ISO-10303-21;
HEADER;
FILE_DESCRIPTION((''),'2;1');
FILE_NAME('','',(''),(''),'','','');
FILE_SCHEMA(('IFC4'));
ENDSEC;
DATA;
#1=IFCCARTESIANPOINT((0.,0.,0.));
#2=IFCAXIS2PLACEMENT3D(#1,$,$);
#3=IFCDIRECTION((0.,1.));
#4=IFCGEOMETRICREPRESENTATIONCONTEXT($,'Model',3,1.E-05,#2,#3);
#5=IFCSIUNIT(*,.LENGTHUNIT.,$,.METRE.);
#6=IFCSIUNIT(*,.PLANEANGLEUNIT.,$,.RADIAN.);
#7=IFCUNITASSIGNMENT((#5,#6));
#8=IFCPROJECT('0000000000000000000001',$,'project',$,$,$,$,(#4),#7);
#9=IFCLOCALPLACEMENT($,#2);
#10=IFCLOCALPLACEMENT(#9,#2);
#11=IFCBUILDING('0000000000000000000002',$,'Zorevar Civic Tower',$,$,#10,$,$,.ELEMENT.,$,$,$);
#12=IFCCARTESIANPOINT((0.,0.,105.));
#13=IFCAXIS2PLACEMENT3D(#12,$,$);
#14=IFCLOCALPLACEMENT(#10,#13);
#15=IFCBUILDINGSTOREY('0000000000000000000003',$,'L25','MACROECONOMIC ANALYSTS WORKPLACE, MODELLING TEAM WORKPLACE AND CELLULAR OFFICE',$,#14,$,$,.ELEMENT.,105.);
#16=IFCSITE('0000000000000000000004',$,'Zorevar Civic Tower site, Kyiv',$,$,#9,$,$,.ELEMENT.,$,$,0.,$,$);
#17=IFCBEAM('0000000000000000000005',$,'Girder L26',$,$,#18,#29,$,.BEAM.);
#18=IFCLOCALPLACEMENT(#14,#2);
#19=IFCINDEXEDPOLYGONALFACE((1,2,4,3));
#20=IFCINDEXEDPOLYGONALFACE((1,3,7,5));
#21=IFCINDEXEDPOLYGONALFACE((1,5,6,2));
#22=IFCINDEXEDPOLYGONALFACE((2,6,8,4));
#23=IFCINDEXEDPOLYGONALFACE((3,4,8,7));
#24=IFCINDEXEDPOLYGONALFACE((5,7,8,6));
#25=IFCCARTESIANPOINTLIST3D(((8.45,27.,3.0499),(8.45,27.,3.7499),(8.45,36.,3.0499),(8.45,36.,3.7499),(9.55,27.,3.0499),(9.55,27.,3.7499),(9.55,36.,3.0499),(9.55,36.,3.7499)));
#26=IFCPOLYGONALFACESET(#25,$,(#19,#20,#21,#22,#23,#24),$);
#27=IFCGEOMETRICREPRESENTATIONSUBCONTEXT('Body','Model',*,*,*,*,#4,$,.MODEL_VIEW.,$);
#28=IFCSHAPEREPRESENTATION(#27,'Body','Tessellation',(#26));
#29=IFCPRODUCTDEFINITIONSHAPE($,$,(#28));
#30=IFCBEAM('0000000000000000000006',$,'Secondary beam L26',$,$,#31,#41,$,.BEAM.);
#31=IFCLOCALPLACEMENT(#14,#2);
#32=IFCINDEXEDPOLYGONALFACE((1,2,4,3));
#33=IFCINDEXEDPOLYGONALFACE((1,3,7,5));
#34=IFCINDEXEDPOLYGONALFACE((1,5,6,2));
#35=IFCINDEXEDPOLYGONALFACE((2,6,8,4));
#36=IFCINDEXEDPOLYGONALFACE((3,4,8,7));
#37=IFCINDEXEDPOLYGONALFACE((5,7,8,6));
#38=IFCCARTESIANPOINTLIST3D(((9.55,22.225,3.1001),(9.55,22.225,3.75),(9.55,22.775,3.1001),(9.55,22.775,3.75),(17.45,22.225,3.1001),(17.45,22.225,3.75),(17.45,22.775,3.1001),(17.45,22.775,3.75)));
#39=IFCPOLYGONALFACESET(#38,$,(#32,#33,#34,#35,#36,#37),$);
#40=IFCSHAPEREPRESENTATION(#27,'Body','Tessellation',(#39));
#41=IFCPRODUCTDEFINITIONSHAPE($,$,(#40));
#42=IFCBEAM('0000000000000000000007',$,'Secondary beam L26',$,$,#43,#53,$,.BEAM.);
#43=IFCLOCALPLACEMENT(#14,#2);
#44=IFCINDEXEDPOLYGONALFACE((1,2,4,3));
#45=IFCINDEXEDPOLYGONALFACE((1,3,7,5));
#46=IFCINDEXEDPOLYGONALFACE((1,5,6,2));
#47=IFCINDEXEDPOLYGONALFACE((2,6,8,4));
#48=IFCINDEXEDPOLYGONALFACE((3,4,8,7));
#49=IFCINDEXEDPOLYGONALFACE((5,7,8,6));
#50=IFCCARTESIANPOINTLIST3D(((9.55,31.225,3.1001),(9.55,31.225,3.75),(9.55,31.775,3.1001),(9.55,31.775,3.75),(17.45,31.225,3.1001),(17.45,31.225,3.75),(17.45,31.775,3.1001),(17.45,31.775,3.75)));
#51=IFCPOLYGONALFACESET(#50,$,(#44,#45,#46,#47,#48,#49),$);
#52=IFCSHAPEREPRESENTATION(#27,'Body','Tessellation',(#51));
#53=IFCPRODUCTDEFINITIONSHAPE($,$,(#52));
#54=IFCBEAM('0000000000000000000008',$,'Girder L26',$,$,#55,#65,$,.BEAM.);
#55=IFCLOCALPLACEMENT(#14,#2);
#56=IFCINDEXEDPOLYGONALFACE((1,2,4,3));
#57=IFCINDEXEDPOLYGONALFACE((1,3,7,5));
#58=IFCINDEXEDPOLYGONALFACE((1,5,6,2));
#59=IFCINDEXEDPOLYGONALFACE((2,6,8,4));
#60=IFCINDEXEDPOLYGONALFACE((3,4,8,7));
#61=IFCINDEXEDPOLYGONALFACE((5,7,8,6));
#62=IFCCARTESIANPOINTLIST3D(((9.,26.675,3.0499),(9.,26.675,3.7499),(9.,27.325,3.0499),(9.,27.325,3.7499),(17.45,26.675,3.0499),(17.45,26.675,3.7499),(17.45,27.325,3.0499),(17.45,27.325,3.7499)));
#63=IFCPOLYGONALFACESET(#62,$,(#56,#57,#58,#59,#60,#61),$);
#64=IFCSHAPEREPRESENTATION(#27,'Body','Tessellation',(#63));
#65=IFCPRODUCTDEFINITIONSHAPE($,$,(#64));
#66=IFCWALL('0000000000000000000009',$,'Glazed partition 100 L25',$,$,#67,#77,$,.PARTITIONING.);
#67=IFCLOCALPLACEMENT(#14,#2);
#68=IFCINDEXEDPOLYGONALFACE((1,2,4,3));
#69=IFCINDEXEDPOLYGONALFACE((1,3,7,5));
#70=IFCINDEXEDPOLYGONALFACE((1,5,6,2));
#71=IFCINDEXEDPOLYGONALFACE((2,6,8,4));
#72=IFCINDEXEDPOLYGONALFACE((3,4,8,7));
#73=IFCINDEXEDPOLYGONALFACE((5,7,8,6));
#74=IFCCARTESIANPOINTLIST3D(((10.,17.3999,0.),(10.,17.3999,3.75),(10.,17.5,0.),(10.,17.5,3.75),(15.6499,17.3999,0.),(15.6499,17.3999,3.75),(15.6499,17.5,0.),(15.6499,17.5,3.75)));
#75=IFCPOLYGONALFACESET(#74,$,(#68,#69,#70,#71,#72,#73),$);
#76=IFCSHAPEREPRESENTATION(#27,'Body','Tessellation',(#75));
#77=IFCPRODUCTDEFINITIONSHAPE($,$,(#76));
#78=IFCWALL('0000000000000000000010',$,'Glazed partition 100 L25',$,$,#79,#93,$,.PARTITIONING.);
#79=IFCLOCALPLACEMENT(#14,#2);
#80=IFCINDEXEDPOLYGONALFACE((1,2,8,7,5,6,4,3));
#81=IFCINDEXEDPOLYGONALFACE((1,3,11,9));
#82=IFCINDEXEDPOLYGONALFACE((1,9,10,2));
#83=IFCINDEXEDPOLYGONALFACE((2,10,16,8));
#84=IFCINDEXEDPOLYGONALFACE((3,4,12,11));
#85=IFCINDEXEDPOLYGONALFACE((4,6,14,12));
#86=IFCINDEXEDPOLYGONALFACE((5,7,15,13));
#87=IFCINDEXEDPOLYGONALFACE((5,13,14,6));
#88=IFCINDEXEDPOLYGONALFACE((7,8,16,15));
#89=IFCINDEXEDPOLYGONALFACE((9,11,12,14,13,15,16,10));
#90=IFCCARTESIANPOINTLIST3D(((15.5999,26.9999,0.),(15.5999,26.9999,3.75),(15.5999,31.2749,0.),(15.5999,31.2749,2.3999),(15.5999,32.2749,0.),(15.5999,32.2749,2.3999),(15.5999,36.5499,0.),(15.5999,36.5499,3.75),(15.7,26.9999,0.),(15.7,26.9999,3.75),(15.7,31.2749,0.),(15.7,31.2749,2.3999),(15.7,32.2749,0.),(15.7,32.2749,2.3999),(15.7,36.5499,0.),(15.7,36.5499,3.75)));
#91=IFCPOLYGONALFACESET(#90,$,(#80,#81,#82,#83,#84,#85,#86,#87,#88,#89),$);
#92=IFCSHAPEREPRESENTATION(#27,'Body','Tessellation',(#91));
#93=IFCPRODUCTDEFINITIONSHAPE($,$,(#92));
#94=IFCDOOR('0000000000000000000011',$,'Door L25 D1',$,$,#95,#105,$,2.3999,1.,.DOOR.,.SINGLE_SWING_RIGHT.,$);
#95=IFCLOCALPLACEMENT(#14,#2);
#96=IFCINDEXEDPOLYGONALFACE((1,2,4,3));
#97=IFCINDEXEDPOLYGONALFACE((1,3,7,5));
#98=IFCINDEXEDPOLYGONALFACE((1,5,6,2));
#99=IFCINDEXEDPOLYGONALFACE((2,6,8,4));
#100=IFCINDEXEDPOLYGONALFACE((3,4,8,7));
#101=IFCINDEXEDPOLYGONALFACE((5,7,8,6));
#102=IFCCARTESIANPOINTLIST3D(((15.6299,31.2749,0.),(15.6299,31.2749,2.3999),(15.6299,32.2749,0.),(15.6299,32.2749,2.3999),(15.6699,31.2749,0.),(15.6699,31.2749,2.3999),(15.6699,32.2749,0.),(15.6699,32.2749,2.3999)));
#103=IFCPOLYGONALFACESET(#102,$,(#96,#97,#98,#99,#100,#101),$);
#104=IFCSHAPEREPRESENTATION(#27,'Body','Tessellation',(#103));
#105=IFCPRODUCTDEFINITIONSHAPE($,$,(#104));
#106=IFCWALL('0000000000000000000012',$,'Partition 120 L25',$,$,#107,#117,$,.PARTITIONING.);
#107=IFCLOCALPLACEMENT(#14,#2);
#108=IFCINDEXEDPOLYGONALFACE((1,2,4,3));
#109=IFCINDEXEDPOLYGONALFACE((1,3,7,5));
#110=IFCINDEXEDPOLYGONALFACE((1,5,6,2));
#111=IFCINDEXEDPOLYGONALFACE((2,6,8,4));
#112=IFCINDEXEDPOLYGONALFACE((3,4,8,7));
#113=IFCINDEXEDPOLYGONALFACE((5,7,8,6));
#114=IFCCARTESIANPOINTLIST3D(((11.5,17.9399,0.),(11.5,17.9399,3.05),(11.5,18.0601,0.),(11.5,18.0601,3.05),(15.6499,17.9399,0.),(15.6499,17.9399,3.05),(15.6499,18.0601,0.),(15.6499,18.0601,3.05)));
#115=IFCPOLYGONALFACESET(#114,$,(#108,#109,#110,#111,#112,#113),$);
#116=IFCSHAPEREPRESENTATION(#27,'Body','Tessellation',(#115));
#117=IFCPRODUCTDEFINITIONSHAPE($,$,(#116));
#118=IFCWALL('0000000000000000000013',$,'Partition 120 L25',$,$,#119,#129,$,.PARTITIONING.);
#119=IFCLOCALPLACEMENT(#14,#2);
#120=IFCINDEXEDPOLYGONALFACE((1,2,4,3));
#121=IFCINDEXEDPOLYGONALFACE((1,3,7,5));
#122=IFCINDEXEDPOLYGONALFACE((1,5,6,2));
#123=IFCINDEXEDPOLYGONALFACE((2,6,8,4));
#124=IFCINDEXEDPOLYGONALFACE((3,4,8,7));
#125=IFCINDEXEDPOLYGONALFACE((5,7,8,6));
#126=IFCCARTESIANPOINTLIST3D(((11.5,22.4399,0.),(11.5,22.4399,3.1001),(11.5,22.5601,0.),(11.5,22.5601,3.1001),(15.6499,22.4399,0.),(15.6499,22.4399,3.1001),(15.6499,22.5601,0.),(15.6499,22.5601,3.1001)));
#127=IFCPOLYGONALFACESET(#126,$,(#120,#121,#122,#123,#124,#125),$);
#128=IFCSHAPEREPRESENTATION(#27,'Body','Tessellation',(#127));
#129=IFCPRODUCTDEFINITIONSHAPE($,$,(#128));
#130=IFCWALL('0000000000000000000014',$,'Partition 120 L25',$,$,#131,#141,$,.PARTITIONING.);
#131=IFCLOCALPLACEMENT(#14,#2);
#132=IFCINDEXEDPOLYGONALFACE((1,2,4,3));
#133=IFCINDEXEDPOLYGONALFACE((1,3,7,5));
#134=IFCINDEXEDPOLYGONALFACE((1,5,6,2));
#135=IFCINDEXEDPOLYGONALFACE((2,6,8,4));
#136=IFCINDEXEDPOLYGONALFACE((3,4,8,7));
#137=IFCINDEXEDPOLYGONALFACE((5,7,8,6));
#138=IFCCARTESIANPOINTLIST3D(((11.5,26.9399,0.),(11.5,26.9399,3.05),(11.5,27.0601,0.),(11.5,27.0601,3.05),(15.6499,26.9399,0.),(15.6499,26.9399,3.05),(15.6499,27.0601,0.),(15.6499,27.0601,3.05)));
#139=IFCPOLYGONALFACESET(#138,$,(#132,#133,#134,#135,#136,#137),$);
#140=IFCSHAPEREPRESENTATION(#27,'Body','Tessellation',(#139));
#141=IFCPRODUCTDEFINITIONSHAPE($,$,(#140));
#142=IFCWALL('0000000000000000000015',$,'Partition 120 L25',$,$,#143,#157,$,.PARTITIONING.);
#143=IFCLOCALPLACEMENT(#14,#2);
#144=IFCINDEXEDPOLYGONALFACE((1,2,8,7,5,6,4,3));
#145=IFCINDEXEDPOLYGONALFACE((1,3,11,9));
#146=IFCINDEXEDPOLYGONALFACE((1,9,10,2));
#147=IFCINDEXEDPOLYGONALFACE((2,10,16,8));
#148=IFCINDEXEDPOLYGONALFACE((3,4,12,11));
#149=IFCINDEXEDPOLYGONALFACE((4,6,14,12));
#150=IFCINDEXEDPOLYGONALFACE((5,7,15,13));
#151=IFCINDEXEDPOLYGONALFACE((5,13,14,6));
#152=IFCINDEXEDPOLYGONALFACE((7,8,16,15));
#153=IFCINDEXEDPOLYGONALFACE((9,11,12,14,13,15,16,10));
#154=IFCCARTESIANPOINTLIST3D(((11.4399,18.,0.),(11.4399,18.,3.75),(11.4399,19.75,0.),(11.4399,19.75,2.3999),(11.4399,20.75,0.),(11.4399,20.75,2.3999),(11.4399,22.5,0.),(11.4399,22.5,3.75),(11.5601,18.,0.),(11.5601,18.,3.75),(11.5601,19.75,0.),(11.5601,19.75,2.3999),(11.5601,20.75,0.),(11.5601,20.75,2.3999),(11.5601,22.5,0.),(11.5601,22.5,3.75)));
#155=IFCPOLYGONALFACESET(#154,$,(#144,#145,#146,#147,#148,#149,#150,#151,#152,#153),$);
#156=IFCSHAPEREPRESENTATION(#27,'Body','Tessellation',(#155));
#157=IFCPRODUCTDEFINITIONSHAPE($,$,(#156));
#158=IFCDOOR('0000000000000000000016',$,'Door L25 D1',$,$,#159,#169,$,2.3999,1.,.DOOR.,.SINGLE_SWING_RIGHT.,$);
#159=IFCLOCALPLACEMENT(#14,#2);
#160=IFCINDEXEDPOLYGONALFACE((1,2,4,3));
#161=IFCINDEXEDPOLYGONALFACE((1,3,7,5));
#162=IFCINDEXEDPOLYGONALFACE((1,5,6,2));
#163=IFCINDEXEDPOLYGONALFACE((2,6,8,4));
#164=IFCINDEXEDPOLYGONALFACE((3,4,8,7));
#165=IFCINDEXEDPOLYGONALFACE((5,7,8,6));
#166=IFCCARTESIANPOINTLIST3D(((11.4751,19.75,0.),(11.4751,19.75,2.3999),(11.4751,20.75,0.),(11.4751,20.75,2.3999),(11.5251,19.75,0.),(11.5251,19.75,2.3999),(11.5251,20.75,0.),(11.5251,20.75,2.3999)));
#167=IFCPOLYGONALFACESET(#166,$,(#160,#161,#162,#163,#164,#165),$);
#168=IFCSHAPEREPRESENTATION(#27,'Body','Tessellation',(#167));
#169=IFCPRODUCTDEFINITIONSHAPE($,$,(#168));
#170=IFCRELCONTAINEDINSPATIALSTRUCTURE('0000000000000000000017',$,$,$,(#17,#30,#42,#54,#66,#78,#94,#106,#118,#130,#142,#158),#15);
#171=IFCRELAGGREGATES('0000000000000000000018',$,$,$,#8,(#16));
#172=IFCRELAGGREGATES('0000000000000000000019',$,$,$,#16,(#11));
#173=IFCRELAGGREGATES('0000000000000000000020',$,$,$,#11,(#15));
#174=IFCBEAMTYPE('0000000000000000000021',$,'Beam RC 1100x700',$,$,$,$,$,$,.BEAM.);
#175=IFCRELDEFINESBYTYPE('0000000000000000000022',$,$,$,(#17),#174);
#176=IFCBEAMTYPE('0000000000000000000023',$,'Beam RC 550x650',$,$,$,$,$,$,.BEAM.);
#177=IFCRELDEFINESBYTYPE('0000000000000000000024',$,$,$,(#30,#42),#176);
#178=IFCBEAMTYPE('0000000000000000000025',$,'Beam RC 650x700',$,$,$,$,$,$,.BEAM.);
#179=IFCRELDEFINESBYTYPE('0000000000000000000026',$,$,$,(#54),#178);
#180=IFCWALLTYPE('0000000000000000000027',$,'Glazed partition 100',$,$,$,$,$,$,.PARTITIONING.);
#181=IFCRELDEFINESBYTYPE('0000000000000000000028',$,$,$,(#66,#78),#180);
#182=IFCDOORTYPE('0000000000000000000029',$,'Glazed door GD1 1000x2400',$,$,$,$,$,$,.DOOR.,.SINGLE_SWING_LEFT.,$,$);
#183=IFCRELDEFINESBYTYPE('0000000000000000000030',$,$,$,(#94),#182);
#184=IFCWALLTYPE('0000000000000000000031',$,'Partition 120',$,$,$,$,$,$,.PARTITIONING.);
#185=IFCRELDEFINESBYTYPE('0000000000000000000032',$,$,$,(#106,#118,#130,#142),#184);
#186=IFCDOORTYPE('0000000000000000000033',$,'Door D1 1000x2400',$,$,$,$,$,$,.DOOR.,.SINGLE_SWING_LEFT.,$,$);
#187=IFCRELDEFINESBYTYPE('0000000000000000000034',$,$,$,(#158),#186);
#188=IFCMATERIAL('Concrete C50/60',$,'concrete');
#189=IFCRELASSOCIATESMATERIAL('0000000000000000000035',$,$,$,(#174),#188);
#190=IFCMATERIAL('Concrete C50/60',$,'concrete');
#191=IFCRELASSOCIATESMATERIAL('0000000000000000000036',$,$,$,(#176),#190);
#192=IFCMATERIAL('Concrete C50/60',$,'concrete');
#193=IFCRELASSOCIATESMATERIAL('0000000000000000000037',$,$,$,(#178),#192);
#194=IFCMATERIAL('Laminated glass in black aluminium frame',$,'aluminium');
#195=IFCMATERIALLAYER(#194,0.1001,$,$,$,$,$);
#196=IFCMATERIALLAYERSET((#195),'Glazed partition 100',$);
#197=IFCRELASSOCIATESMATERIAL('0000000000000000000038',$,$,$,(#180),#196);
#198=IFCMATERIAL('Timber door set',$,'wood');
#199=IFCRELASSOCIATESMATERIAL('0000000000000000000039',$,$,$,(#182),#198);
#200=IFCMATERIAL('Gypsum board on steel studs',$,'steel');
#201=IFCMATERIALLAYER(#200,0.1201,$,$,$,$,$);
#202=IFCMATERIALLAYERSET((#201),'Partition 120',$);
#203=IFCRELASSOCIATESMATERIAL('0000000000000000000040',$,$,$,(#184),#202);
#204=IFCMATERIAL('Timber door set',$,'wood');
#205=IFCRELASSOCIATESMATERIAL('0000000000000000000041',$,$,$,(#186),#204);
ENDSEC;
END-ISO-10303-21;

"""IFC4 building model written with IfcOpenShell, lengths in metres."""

from ifc_helpers import new_model, si_unit, direction, frame, frame_2d, origin, origin_2d, place, context, subcontext, project, spatial, rectangle, extrude, material, layer, layer_set, material_profile, profile_set, type_object, element, fill, save


model = new_model("IFC4")

# Units and contexts
model_context = context("Model", 3, precision=1e-05, world=origin(), true_north=direction((0.0, 1.0)))
body_context = subcontext(model_context, "Body", "Model", "MODEL_VIEW")
ifc_project = project(units=[si_unit("LENGTHUNIT", "METRE"), si_unit("PLANEANGLEUNIT", "RADIAN")], contexts=[model_context])

# Site, building, storey
site_placement = place(None, origin())
site = spatial("IfcSite", under=ifc_project, at=site_placement, Name="Zorevar Civic Tower site, Kyiv", CompositionType="ELEMENT", RefElevation=0.0)
building_placement = place(site_placement, origin())
building = spatial("IfcBuilding", under=site, at=building_placement, Name="Zorevar Civic Tower", CompositionType="ELEMENT")
storey_placement = place(building_placement, frame((0.0, 0.0, 105.0)))
storey = spatial("IfcBuildingStorey", under=building, at=storey_placement, Name="L25", Description="MACROECONOMIC ANALYSTS WORKPLACE, MODELLING TEAM WORKPLACE AND CELLULAR OFFICE", CompositionType="ELEMENT", Elevation=105.0)

# Beams
ifc_material_1 = material(Name="Concrete C50/60", Category="concrete")
ifc_material_profile_1 = material_profile(ifc_material_1, rectangle(XDim=1.1001, YDim=0.7, at=origin_2d()), Name="RC 1100x700")
ifc_profile_set_1 = profile_set([ifc_material_profile_1], Name="Concrete C50/60")
beam_type_1 = type_object("IfcBeamType", Name="Beam RC 1100x700", PredefinedType="BEAM", material=ifc_profile_set_1)
beam_1_placement = place(storey_placement, frame((9.0, 27.0, 3.3999), z_axis=(0.0, 1.0, 0.0), x_axis=(-1.0, 0.0, 0.0)))
element("IfcBeam", 1, at=beam_1_placement, inside=storey, type_object=beam_type_1, Name="Girder L26", PredefinedType="BEAM", context=body_context, shape_type="SweptSolid", body=[
    extrude(rectangle(XDim=1.1001, YDim=0.7, at=origin_2d()), origin(), (0.0, 0.0, 1.0), 9.0),
])
ifc_material_2 = material(Name="Concrete C50/60", Category="concrete")
ifc_material_profile_2 = material_profile(ifc_material_2, rectangle(XDim=0.55, YDim=0.6499, at=origin_2d()), Name="RC 550x650")
ifc_profile_set_2 = profile_set([ifc_material_profile_2], Name="Concrete C50/60")
beam_type_2 = type_object("IfcBeamType", Name="Beam RC 550x650", PredefinedType="BEAM", material=ifc_profile_set_2)
for number, where, z_axis, x_axis, name in (
    (2, (9.55, 22.5, 3.425), (1.0, 0.0, 0.0), (0.0, 1.0, 0.0), "Secondary beam L26"),
    (3, (9.55, 31.5, 3.425), (1.0, 0.0, 0.0), (0.0, 1.0, 0.0), "Secondary beam L26"),
):
    element("IfcBeam", number, at=place(storey_placement, frame(where, z_axis=z_axis, x_axis=x_axis)), inside=storey, type_object=beam_type_2, Name=name, PredefinedType="BEAM", context=body_context, shape_type="SweptSolid", body=[
        extrude(rectangle(XDim=0.55, YDim=0.6499, at=origin_2d()), origin(), (0.0, 0.0, 1.0), 7.8999),
    ])
ifc_material_3 = material(Name="Concrete C50/60", Category="concrete")
ifc_material_profile_3 = material_profile(ifc_material_3, rectangle(XDim=0.6499, YDim=0.7, at=origin_2d()), Name="RC 650x700")
ifc_profile_set_3 = profile_set([ifc_material_profile_3], Name="Concrete C50/60")
beam_type_3 = type_object("IfcBeamType", Name="Beam RC 650x700", PredefinedType="BEAM", material=ifc_profile_set_3)
beam_2_placement = place(storey_placement, frame((9.0, 27.0, 3.3999), z_axis=(1.0, 0.0, 0.0), x_axis=(0.0, 1.0, 0.0)))
element("IfcBeam", 4, at=beam_2_placement, inside=storey, type_object=beam_type_3, Name="Girder L26", PredefinedType="BEAM", context=body_context, shape_type="SweptSolid", body=[
    extrude(rectangle(XDim=0.6499, YDim=0.7, at=origin_2d()), origin(), (0.0, 0.0, 1.0), 8.45),
])

# Wall
ifc_material_4 = material(Name="Laminated glass in black aluminium frame", Category="aluminium")
ifc_layer_1 = layer(ifc_material_4, 0.1001)
ifc_layer_set_1 = layer_set([ifc_layer_1], Name="Glazed partition 100")
wall_type_1 = type_object("IfcWallType", Name="Glazed partition 100", PredefinedType="PARTITIONING", material=ifc_layer_set_1)
wall_1_placement = place(storey_placement, frame((10.0, 17.45, 0.0), z_axis=(0.0, 0.0, 1.0), x_axis=(1.0, 0.0, 0.0)))
element("IfcWall", 5, at=wall_1_placement, inside=storey, type_object=wall_type_1, Name="Glazed partition 100 L25", PredefinedType="PARTITIONING", context=body_context, shape_type="SweptSolid", body=[
    extrude(rectangle(XDim=5.6499, YDim=0.1001, at=frame_2d((2.825, 0.0))), origin(), (0.0, 0.0, 1.0), 3.75),
])

# Wall, opening, door
wall_2_placement = place(storey_placement, frame((15.6499, 27.0, 0.0), z_axis=(0.0, 0.0, 1.0), x_axis=(0.0, 1.0, 0.0)))
wall_2 = element("IfcWall", 6, at=wall_2_placement, inside=storey, type_object=wall_type_1, Name="Glazed partition 100 L25", PredefinedType="PARTITIONING", context=body_context, shape_type="SweptSolid", body=[
    extrude(rectangle(XDim=9.55, YDim=0.1001, at=frame_2d((4.7749, 0.0))), origin(), (0.0, 0.0, 1.0), 3.75),
])
opening_1_placement = place(wall_2_placement, frame((4.2749, 0.0, 0.0)))
opening_1 = element("IfcOpeningElement", 7, at=opening_1_placement, cuts=wall_2, PredefinedType="OPENING", context=body_context, shape_type="SweptSolid", body=[
    extrude(rectangle(XDim=1.0, YDim=2.3999, at=frame_2d((0.5, 1.2))), frame((0.0, 0.0601, 0.0), z_axis=(0.0, -1.0, 0.0), x_axis=(1.0, 0.0, 0.0)), (0.0, 0.0, 1.0), 0.1201),
])
ifc_material_5 = material(Name="Timber door set", Category="wood")
door_type_1 = type_object("IfcDoorType", Name="Glazed door GD1 1000x2400", OperationType="SINGLE_SWING_LEFT", PredefinedType="DOOR", material=ifc_material_5)
door_1_placement = place(opening_1_placement, origin())
door_1 = element("IfcDoor", 8, at=door_1_placement, inside=storey, type_object=door_type_1, Name="Door L25 D1", OperationType="SINGLE_SWING_RIGHT", OverallHeight=2.3999, OverallWidth=1.0, PredefinedType="DOOR", context=body_context, shape_type="SweptSolid", body=[
    extrude(rectangle(XDim=1.0, YDim=2.3999, at=frame_2d((0.5, 1.2))), frame((0.0, 0.02, 0.0), z_axis=(0.0, -1.0, 0.0), x_axis=(1.0, 0.0, 0.0)), (0.0, 0.0, 1.0), 0.04),
])
fill(opening_1, door_1)

# Walls
ifc_material_6 = material(Name="Gypsum board on steel studs", Category="steel")
ifc_layer_2 = layer(ifc_material_6, 0.1201)
ifc_layer_set_2 = layer_set([ifc_layer_2], Name="Partition 120")
wall_type_2 = type_object("IfcWallType", Name="Partition 120", PredefinedType="PARTITIONING", material=ifc_layer_set_2)
wall_3_placement = place(storey_placement, frame((11.5, 18.0, 0.0), z_axis=(0.0, 0.0, 1.0), x_axis=(1.0, 0.0, 0.0)))
element("IfcWall", 9, at=wall_3_placement, inside=storey, type_object=wall_type_2, Name="Partition 120 L25", PredefinedType="PARTITIONING", context=body_context, shape_type="SweptSolid", body=[
    extrude(rectangle(XDim=4.1499, YDim=0.1201, at=frame_2d((2.075, 0.0))), origin(), (0.0, 0.0, 1.0), 3.05),
])
wall_4_placement = place(storey_placement, frame((11.5, 22.5, 0.0), z_axis=(0.0, 0.0, 1.0), x_axis=(1.0, 0.0, 0.0)))
element("IfcWall", 10, at=wall_4_placement, inside=storey, type_object=wall_type_2, Name="Partition 120 L25", PredefinedType="PARTITIONING", context=body_context, shape_type="SweptSolid", body=[
    extrude(rectangle(XDim=4.1499, YDim=0.1201, at=frame_2d((2.075, 0.0))), origin(), (0.0, 0.0, 1.0), 3.1001),
])
wall_5_placement = place(storey_placement, frame((11.5, 27.0, 0.0), z_axis=(0.0, 0.0, 1.0), x_axis=(1.0, 0.0, 0.0)))
element("IfcWall", 11, at=wall_5_placement, inside=storey, type_object=wall_type_2, Name="Partition 120 L25", PredefinedType="PARTITIONING", context=body_context, shape_type="SweptSolid", body=[
    extrude(rectangle(XDim=4.1499, YDim=0.1201, at=frame_2d((2.075, 0.0))), origin(), (0.0, 0.0, 1.0), 3.05),
])

# Wall, opening, door
wall_6_placement = place(storey_placement, frame((11.5, 18.0, 0.0), z_axis=(0.0, 0.0, 1.0), x_axis=(0.0, 1.0, 0.0)))
wall_6 = element("IfcWall", 12, at=wall_6_placement, inside=storey, type_object=wall_type_2, Name="Partition 120 L25", PredefinedType="PARTITIONING", context=body_context, shape_type="SweptSolid", body=[
    extrude(rectangle(XDim=4.5, YDim=0.1201, at=frame_2d((2.25, 0.0))), origin(), (0.0, 0.0, 1.0), 3.75),
])
opening_2_placement = place(wall_6_placement, frame((1.75, 0.0, 0.0)))
opening_2 = element("IfcOpeningElement", 13, at=opening_2_placement, cuts=wall_6, PredefinedType="OPENING", context=body_context, shape_type="SweptSolid", body=[
    extrude(rectangle(XDim=1.0, YDim=2.3999, at=frame_2d((0.5, 1.2))), frame((0.0, 0.0701, 0.0), z_axis=(0.0, -1.0, 0.0), x_axis=(1.0, 0.0, 0.0)), (0.0, 0.0, 1.0), 0.1401),
])
ifc_material_7 = material(Name="Timber door set", Category="wood")
door_type_2 = type_object("IfcDoorType", Name="Door D1 1000x2400", OperationType="SINGLE_SWING_LEFT", PredefinedType="DOOR", material=ifc_material_7)
door_2_placement = place(opening_2_placement, origin())
door_2 = element("IfcDoor", 14, at=door_2_placement, inside=storey, type_object=door_type_2, Name="Door L25 D1", OperationType="SINGLE_SWING_RIGHT", OverallHeight=2.3999, OverallWidth=1.0, PredefinedType="DOOR", context=body_context, shape_type="SweptSolid", body=[
    extrude(rectangle(XDim=1.0, YDim=2.3999, at=frame_2d((0.5, 1.2))), frame((0.0, 0.0249, 0.0), z_axis=(0.0, -1.0, 0.0), x_axis=(1.0, 0.0, 0.0)), (0.0, 0.0, 1.0), 0.05),
])
fill(opening_2, door_2)

save(model, "model.ifc")
